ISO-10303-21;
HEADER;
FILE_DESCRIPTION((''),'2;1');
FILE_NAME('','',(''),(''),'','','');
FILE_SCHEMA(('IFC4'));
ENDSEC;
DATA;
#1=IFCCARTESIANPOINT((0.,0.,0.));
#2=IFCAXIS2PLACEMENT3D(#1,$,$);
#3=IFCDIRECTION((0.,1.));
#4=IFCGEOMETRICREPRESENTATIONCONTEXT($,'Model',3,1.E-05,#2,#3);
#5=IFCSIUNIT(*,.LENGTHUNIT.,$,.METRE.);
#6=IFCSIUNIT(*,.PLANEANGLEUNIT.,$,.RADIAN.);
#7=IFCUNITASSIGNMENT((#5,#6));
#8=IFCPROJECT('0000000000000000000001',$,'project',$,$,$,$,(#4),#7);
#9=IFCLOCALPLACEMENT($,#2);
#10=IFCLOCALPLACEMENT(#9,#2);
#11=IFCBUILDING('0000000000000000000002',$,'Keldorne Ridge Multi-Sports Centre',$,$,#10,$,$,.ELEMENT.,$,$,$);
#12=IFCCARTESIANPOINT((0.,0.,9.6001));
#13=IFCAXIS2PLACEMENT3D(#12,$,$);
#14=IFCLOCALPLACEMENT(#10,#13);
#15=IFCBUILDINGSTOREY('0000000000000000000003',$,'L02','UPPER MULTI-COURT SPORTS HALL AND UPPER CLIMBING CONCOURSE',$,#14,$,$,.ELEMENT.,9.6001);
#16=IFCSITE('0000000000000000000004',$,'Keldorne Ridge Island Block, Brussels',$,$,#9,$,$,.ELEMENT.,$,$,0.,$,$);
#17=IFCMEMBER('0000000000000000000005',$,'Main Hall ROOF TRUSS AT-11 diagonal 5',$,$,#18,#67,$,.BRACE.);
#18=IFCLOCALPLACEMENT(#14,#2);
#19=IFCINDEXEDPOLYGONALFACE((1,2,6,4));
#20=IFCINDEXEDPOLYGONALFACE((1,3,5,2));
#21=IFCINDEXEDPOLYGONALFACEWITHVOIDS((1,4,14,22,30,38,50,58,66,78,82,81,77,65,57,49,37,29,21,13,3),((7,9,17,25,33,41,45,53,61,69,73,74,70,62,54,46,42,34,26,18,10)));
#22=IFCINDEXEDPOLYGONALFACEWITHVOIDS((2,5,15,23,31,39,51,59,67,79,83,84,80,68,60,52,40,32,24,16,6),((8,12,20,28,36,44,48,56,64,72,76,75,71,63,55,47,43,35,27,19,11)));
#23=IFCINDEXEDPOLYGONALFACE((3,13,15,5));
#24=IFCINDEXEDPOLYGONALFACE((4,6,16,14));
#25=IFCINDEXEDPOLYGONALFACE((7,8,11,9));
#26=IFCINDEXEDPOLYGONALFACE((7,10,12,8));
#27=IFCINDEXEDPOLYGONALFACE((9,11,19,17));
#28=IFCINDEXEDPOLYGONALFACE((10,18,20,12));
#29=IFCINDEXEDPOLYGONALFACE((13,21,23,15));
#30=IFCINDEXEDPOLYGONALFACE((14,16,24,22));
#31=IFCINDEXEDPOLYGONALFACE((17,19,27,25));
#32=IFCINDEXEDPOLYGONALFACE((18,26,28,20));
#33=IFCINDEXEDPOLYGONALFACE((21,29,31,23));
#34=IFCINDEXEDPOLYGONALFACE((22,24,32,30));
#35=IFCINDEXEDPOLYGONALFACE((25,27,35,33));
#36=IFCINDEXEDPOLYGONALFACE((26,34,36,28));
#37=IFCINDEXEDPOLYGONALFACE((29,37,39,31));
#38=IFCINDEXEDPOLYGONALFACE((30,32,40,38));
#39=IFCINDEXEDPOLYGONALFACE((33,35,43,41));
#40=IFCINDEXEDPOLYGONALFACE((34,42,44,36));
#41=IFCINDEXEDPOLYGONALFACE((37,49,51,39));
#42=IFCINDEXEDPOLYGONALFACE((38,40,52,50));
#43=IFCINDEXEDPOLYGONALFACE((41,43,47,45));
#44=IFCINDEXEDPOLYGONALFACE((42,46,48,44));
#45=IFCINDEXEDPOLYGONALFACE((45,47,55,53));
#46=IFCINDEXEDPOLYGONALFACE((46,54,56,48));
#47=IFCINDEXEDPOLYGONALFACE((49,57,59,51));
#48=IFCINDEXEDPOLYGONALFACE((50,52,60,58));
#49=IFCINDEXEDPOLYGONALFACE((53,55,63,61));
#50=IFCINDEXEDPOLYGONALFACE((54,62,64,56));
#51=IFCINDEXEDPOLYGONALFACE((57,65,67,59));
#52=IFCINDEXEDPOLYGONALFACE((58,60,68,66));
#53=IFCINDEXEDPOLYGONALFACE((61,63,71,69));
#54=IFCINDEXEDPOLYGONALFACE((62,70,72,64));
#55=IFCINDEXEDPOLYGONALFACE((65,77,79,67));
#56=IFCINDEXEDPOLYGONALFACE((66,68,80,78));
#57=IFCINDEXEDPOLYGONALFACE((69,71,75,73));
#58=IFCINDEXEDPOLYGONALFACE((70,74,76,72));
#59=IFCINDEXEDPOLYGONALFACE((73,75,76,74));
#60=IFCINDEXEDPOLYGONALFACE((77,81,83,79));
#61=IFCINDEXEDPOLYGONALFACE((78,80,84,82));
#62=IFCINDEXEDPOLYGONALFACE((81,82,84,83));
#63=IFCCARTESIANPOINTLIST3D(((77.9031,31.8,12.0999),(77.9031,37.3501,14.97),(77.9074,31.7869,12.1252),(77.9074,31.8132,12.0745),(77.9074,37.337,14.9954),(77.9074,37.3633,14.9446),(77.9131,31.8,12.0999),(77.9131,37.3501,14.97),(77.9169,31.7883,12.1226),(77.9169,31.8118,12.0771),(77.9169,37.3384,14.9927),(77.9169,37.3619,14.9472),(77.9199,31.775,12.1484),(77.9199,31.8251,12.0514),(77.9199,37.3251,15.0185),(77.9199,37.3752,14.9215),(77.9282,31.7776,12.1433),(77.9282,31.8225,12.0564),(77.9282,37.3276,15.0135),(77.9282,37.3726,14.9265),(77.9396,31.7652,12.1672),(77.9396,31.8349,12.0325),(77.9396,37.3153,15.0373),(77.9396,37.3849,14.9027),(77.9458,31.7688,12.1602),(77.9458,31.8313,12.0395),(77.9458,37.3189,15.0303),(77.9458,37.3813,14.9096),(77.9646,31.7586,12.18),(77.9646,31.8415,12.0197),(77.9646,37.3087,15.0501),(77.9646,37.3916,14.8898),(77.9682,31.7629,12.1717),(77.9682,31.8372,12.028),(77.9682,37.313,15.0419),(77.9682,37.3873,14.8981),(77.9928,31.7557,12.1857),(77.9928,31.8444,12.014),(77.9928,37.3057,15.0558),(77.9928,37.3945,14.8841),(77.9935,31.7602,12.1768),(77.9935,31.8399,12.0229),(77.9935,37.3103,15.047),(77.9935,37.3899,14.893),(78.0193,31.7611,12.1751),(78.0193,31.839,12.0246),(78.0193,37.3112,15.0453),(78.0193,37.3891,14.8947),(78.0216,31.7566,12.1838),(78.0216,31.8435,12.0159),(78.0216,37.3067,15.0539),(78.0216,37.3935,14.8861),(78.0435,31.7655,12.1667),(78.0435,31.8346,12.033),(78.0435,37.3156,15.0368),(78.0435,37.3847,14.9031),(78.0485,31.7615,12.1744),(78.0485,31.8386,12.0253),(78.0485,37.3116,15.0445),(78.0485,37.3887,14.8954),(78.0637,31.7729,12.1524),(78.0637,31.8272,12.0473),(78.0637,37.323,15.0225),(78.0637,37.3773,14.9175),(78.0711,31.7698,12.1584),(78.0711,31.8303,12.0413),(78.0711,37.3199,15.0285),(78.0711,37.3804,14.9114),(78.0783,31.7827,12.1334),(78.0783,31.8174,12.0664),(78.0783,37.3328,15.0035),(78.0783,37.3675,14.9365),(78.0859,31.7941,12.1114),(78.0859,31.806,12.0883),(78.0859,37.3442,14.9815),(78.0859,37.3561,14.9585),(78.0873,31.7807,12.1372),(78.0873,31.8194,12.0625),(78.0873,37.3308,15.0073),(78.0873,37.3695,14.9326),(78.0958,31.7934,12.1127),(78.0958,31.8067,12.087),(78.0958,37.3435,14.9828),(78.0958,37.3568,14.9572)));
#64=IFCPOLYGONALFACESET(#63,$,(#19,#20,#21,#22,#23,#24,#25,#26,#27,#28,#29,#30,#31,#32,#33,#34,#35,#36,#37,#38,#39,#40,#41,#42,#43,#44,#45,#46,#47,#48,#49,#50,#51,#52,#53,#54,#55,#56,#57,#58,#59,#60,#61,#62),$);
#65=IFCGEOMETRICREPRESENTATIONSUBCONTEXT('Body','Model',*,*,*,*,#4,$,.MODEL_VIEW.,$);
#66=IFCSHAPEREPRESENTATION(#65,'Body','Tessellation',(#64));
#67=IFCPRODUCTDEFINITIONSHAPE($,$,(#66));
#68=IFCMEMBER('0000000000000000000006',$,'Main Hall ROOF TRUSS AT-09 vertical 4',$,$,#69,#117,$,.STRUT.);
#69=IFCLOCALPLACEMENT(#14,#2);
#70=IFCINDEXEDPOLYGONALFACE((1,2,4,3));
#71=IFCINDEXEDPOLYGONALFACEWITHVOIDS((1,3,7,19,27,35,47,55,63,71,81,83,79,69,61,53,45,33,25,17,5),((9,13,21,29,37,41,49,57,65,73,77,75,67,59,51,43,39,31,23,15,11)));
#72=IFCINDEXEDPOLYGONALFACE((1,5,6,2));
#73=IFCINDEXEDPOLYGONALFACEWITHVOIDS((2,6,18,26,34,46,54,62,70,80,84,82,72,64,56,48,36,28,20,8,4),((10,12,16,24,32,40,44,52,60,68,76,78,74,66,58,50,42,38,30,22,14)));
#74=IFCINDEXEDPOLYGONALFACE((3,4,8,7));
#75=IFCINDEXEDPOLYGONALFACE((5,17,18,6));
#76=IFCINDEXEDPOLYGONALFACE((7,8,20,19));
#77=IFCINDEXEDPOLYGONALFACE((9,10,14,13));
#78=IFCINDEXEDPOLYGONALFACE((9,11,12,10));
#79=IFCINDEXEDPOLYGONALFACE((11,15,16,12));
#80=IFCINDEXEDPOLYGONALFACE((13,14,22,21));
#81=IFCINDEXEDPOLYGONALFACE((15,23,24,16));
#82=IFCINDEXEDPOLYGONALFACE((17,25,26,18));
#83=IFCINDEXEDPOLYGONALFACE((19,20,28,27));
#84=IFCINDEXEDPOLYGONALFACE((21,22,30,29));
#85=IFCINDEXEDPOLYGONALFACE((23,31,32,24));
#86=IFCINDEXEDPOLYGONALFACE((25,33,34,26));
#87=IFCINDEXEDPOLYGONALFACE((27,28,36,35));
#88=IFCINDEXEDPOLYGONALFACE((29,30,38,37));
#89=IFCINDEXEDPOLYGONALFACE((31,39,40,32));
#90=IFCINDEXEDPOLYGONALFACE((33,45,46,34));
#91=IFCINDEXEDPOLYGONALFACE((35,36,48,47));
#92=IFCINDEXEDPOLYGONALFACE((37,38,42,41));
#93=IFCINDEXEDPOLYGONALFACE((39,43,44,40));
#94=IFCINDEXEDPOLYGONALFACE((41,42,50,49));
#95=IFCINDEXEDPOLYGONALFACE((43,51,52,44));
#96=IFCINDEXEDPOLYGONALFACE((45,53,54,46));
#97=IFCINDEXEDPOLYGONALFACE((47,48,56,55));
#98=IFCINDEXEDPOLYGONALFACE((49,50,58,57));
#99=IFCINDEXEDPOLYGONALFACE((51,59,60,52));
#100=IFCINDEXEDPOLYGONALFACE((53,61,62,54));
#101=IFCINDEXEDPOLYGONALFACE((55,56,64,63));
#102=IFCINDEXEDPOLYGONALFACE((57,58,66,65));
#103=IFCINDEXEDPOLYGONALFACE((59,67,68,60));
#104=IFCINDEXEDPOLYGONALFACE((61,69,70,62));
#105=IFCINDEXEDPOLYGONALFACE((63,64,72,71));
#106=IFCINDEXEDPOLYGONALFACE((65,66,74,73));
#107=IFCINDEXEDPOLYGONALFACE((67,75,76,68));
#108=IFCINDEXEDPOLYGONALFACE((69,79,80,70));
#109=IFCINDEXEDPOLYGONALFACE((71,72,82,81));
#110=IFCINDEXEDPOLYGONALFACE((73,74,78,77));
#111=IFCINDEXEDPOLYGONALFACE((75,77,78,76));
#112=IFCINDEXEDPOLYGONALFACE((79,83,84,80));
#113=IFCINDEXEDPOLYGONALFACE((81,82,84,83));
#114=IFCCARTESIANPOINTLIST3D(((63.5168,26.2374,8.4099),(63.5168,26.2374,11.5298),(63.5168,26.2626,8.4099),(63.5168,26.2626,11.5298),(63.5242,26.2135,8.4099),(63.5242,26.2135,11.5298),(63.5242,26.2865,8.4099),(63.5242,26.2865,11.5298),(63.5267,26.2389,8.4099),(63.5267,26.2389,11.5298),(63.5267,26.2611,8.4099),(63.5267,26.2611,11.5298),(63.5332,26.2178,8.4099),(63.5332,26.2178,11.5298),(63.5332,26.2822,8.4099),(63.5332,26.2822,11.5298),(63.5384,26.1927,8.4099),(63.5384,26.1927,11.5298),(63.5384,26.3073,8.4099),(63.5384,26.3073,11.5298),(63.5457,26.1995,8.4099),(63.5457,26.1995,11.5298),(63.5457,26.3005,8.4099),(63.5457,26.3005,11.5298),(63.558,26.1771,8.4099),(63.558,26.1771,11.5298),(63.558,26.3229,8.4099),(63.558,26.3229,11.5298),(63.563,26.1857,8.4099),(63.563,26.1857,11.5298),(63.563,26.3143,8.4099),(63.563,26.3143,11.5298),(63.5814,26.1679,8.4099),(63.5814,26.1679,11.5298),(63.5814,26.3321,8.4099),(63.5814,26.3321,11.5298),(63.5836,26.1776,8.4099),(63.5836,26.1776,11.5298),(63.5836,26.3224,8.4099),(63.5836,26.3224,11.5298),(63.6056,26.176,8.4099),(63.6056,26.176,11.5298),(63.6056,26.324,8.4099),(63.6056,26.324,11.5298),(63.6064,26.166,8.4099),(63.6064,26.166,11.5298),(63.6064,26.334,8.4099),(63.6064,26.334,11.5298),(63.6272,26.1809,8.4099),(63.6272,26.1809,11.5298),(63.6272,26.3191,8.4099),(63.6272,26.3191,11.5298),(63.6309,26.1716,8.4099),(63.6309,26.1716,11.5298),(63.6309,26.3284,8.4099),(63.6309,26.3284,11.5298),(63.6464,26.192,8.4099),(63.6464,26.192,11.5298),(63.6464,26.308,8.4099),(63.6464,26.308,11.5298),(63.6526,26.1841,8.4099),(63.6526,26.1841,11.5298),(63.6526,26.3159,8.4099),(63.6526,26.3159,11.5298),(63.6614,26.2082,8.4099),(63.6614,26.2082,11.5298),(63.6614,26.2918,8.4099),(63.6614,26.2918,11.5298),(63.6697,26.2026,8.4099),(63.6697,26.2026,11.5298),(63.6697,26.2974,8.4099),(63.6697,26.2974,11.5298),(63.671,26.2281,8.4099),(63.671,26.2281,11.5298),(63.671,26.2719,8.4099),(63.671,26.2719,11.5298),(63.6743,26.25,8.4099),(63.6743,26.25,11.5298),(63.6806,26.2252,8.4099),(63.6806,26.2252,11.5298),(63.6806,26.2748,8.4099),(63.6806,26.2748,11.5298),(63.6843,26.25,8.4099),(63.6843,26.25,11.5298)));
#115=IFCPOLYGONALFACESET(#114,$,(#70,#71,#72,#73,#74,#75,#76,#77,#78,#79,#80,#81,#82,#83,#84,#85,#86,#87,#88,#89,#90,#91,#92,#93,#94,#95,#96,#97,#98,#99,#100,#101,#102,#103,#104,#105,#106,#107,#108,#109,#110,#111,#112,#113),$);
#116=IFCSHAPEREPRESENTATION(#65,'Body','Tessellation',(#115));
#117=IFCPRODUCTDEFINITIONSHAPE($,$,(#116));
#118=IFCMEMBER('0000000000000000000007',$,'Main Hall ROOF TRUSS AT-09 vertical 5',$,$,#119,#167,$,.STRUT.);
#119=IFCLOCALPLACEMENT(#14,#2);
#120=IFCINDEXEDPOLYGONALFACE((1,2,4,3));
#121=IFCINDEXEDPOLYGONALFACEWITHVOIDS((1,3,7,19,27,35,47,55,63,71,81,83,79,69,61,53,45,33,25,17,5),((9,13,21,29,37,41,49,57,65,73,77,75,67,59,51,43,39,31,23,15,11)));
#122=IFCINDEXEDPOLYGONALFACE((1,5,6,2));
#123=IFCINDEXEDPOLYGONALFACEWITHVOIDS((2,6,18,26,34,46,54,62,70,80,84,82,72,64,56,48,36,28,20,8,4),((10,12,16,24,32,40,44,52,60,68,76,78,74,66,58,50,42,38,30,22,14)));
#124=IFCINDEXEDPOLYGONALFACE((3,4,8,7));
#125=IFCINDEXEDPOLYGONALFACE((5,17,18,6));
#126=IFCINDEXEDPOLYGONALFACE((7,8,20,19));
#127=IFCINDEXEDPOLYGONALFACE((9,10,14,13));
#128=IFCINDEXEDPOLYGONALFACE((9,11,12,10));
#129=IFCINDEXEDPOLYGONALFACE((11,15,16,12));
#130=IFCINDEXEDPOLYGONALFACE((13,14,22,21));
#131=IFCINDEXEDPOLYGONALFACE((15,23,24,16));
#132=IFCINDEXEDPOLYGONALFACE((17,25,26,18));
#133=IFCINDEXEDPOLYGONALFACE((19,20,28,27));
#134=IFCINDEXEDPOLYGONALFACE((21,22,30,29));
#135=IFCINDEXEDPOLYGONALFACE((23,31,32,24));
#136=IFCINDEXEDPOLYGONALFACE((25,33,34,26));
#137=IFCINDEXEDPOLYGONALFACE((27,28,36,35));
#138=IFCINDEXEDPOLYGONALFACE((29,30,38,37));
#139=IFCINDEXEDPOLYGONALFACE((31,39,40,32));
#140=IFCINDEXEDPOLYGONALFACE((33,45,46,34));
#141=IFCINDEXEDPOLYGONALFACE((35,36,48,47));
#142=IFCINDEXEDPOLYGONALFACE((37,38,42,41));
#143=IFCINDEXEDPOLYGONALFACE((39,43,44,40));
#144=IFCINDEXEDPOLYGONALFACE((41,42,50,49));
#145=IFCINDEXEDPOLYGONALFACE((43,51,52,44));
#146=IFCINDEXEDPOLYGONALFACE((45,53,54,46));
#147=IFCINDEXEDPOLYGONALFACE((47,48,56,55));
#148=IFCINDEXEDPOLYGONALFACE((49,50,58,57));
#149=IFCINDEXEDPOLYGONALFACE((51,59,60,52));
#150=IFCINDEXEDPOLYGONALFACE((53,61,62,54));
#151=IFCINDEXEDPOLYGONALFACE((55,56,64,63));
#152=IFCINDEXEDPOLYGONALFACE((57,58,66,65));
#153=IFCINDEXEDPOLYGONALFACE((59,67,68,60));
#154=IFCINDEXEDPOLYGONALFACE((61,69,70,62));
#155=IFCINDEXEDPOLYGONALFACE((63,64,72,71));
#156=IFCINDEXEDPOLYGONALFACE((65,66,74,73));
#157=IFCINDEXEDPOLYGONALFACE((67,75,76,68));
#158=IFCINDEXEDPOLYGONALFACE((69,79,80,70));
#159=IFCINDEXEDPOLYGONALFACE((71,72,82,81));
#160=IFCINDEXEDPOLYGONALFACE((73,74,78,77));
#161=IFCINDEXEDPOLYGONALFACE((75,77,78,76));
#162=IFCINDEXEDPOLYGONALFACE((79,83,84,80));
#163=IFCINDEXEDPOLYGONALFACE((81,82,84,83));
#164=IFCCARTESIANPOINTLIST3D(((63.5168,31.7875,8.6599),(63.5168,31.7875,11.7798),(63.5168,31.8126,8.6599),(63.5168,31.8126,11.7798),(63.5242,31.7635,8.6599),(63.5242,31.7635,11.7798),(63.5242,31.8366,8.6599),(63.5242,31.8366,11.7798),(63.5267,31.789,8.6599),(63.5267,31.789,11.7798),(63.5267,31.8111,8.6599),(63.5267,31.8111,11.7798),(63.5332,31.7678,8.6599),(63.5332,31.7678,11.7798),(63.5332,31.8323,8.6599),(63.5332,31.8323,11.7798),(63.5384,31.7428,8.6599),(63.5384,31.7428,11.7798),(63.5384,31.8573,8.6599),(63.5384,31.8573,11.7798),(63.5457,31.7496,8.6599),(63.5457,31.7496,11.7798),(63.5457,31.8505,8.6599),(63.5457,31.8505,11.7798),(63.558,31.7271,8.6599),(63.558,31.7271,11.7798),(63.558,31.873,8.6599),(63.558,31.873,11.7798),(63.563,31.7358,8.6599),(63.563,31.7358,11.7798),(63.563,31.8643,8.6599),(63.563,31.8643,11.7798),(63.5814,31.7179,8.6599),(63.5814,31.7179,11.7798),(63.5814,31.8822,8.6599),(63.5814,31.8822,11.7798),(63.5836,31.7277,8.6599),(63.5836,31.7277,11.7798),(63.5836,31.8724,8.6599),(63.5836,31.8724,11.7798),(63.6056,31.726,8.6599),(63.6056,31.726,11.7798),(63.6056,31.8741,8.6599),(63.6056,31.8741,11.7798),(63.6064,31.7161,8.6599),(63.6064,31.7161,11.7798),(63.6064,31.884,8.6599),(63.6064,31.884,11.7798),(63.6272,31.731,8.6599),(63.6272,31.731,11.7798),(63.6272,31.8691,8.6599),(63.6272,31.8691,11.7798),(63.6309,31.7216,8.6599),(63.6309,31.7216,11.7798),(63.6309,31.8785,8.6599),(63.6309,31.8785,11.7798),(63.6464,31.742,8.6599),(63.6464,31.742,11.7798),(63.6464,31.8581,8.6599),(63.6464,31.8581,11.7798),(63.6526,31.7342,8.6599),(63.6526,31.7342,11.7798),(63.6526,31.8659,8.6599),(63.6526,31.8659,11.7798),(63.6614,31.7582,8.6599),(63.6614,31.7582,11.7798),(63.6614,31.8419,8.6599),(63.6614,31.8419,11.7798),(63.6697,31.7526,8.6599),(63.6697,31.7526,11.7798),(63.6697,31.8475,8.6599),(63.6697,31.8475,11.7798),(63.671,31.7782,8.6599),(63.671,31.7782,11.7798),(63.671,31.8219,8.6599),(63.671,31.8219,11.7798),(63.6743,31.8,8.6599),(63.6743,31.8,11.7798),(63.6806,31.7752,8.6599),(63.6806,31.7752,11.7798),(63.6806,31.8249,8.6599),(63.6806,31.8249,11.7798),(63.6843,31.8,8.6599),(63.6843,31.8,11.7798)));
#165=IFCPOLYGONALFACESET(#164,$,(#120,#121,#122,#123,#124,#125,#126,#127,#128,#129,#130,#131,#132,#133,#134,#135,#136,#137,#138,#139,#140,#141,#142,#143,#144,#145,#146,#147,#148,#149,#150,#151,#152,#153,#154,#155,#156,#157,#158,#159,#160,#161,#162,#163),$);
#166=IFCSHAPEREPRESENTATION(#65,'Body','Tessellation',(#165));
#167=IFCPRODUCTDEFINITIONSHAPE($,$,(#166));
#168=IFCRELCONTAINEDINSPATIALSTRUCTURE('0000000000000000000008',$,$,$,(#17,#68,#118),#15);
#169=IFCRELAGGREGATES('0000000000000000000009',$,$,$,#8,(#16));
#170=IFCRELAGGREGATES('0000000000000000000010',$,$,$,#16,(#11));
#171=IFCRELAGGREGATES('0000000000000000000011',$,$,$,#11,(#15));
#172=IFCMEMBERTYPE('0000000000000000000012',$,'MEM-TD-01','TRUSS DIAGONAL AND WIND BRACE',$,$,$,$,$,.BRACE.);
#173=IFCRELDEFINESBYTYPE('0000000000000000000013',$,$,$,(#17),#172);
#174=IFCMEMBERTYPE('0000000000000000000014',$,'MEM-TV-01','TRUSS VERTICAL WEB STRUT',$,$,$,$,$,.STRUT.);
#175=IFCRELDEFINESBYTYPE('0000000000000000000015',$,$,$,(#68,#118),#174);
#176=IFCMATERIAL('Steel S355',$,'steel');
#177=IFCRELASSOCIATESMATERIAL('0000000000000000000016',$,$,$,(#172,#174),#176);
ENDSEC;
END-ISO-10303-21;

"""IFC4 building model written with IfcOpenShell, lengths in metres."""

from ifc_helpers import new_model, si_unit, direction, frame, origin, origin_2d, place, context, subcontext, project, spatial, hollow_circle, extrude, material, material_profile, profile_set, type_object, element, save


model = new_model("IFC4")

# Units and contexts
model_context = context("Model", 3, precision=1e-05, world=origin(), true_north=direction((0.0, 1.0)))
body_context = subcontext(model_context, "Body", "Model", "MODEL_VIEW")
ifc_project = project(units=[si_unit("LENGTHUNIT", "METRE"), si_unit("PLANEANGLEUNIT", "RADIAN")], contexts=[model_context])

# Site, building, storey
site_placement = place(None, origin())
site = spatial("IfcSite", under=ifc_project, at=site_placement, Name="Keldorne Ridge Island Block, Brussels", CompositionType="ELEMENT", RefElevation=0.0)
building_placement = place(site_placement, origin())
building = spatial("IfcBuilding", under=site, at=building_placement, Name="Keldorne Ridge Multi-Sports Centre", CompositionType="ELEMENT")
storey_placement = place(building_placement, frame((0.0, 0.0, 9.6001)))
storey = spatial("IfcBuildingStorey", under=building, at=storey_placement, Name="L02", Description="UPPER MULTI-COURT SPORTS HALL AND UPPER CLIMBING CONCOURSE", CompositionType="ELEMENT", Elevation=9.6001)

# Shared definitions
ifc_material = material(Name="Steel S355", Category="steel")

# Members
ifc_material_profile_1 = material_profile(ifc_material, hollow_circle(Radius=0.0969, WallThickness=0.01, at=origin_2d()), Name="CHS 193.7x10")
ifc_profile_set_1 = profile_set([ifc_material_profile_1], Name="Steel S355")
member_type_1 = type_object("IfcMemberType", Name="MEM-TD-01", Description="TRUSS DIAGONAL AND WIND BRACE", PredefinedType="BRACE", material=ifc_profile_set_1)
for number, where, z_axis, x_axis, name in (
    (1, (78.0, 31.8, 12.0999), (0.0, 0.888257, 0.459347), (-1.0, 0.0, 0.0), "Main Hall ROOF TRUSS AT-11 diagonal 5"),
):
    element("IfcMember", number, at=place(storey_placement, frame(where, z_axis=z_axis, x_axis=x_axis)), inside=storey, type_object=member_type_1, Name=name, PredefinedType="BRACE", context=body_context, shape_type="SweptSolid", body=[
        extrude(hollow_circle(Radius=0.0969, WallThickness=0.01, at=origin_2d()), origin(), (0.0, 0.0, 1.0), 6.2483),
    ])
ifc_material_profile_2 = material_profile(ifc_material, hollow_circle(Radius=0.0842, WallThickness=0.01, at=origin_2d()), Name="CHS 168.3x10")
ifc_profile_set_2 = profile_set([ifc_material_profile_2], Name="Steel S355")
member_type_2 = type_object("IfcMemberType", Name="MEM-TV-01", Description="TRUSS VERTICAL WEB STRUT", PredefinedType="STRUT", material=ifc_profile_set_2)
for number, where, z_axis, x_axis, name in (
    (2, (63.6001, 26.25, 8.4099), (0.0, 0.0, 1.0), (1.0, 0.0, 0.0), "Main Hall ROOF TRUSS AT-09 vertical 4"),
    (3, (63.6001, 31.8, 8.6599), (0.0, 0.0, 1.0), (1.0, 0.0, 0.0), "Main Hall ROOF TRUSS AT-09 vertical 5"),
):
    element("IfcMember", number, at=place(storey_placement, frame(where, z_axis=z_axis, x_axis=x_axis)), inside=storey, type_object=member_type_2, Name=name, PredefinedType="STRUT", context=body_context, shape_type="SweptSolid", body=[
        extrude(hollow_circle(Radius=0.0842, WallThickness=0.01, at=origin_2d()), origin(), (0.0, 0.0, 1.0), 3.1199),
    ])

save(model, "model.ifc")
